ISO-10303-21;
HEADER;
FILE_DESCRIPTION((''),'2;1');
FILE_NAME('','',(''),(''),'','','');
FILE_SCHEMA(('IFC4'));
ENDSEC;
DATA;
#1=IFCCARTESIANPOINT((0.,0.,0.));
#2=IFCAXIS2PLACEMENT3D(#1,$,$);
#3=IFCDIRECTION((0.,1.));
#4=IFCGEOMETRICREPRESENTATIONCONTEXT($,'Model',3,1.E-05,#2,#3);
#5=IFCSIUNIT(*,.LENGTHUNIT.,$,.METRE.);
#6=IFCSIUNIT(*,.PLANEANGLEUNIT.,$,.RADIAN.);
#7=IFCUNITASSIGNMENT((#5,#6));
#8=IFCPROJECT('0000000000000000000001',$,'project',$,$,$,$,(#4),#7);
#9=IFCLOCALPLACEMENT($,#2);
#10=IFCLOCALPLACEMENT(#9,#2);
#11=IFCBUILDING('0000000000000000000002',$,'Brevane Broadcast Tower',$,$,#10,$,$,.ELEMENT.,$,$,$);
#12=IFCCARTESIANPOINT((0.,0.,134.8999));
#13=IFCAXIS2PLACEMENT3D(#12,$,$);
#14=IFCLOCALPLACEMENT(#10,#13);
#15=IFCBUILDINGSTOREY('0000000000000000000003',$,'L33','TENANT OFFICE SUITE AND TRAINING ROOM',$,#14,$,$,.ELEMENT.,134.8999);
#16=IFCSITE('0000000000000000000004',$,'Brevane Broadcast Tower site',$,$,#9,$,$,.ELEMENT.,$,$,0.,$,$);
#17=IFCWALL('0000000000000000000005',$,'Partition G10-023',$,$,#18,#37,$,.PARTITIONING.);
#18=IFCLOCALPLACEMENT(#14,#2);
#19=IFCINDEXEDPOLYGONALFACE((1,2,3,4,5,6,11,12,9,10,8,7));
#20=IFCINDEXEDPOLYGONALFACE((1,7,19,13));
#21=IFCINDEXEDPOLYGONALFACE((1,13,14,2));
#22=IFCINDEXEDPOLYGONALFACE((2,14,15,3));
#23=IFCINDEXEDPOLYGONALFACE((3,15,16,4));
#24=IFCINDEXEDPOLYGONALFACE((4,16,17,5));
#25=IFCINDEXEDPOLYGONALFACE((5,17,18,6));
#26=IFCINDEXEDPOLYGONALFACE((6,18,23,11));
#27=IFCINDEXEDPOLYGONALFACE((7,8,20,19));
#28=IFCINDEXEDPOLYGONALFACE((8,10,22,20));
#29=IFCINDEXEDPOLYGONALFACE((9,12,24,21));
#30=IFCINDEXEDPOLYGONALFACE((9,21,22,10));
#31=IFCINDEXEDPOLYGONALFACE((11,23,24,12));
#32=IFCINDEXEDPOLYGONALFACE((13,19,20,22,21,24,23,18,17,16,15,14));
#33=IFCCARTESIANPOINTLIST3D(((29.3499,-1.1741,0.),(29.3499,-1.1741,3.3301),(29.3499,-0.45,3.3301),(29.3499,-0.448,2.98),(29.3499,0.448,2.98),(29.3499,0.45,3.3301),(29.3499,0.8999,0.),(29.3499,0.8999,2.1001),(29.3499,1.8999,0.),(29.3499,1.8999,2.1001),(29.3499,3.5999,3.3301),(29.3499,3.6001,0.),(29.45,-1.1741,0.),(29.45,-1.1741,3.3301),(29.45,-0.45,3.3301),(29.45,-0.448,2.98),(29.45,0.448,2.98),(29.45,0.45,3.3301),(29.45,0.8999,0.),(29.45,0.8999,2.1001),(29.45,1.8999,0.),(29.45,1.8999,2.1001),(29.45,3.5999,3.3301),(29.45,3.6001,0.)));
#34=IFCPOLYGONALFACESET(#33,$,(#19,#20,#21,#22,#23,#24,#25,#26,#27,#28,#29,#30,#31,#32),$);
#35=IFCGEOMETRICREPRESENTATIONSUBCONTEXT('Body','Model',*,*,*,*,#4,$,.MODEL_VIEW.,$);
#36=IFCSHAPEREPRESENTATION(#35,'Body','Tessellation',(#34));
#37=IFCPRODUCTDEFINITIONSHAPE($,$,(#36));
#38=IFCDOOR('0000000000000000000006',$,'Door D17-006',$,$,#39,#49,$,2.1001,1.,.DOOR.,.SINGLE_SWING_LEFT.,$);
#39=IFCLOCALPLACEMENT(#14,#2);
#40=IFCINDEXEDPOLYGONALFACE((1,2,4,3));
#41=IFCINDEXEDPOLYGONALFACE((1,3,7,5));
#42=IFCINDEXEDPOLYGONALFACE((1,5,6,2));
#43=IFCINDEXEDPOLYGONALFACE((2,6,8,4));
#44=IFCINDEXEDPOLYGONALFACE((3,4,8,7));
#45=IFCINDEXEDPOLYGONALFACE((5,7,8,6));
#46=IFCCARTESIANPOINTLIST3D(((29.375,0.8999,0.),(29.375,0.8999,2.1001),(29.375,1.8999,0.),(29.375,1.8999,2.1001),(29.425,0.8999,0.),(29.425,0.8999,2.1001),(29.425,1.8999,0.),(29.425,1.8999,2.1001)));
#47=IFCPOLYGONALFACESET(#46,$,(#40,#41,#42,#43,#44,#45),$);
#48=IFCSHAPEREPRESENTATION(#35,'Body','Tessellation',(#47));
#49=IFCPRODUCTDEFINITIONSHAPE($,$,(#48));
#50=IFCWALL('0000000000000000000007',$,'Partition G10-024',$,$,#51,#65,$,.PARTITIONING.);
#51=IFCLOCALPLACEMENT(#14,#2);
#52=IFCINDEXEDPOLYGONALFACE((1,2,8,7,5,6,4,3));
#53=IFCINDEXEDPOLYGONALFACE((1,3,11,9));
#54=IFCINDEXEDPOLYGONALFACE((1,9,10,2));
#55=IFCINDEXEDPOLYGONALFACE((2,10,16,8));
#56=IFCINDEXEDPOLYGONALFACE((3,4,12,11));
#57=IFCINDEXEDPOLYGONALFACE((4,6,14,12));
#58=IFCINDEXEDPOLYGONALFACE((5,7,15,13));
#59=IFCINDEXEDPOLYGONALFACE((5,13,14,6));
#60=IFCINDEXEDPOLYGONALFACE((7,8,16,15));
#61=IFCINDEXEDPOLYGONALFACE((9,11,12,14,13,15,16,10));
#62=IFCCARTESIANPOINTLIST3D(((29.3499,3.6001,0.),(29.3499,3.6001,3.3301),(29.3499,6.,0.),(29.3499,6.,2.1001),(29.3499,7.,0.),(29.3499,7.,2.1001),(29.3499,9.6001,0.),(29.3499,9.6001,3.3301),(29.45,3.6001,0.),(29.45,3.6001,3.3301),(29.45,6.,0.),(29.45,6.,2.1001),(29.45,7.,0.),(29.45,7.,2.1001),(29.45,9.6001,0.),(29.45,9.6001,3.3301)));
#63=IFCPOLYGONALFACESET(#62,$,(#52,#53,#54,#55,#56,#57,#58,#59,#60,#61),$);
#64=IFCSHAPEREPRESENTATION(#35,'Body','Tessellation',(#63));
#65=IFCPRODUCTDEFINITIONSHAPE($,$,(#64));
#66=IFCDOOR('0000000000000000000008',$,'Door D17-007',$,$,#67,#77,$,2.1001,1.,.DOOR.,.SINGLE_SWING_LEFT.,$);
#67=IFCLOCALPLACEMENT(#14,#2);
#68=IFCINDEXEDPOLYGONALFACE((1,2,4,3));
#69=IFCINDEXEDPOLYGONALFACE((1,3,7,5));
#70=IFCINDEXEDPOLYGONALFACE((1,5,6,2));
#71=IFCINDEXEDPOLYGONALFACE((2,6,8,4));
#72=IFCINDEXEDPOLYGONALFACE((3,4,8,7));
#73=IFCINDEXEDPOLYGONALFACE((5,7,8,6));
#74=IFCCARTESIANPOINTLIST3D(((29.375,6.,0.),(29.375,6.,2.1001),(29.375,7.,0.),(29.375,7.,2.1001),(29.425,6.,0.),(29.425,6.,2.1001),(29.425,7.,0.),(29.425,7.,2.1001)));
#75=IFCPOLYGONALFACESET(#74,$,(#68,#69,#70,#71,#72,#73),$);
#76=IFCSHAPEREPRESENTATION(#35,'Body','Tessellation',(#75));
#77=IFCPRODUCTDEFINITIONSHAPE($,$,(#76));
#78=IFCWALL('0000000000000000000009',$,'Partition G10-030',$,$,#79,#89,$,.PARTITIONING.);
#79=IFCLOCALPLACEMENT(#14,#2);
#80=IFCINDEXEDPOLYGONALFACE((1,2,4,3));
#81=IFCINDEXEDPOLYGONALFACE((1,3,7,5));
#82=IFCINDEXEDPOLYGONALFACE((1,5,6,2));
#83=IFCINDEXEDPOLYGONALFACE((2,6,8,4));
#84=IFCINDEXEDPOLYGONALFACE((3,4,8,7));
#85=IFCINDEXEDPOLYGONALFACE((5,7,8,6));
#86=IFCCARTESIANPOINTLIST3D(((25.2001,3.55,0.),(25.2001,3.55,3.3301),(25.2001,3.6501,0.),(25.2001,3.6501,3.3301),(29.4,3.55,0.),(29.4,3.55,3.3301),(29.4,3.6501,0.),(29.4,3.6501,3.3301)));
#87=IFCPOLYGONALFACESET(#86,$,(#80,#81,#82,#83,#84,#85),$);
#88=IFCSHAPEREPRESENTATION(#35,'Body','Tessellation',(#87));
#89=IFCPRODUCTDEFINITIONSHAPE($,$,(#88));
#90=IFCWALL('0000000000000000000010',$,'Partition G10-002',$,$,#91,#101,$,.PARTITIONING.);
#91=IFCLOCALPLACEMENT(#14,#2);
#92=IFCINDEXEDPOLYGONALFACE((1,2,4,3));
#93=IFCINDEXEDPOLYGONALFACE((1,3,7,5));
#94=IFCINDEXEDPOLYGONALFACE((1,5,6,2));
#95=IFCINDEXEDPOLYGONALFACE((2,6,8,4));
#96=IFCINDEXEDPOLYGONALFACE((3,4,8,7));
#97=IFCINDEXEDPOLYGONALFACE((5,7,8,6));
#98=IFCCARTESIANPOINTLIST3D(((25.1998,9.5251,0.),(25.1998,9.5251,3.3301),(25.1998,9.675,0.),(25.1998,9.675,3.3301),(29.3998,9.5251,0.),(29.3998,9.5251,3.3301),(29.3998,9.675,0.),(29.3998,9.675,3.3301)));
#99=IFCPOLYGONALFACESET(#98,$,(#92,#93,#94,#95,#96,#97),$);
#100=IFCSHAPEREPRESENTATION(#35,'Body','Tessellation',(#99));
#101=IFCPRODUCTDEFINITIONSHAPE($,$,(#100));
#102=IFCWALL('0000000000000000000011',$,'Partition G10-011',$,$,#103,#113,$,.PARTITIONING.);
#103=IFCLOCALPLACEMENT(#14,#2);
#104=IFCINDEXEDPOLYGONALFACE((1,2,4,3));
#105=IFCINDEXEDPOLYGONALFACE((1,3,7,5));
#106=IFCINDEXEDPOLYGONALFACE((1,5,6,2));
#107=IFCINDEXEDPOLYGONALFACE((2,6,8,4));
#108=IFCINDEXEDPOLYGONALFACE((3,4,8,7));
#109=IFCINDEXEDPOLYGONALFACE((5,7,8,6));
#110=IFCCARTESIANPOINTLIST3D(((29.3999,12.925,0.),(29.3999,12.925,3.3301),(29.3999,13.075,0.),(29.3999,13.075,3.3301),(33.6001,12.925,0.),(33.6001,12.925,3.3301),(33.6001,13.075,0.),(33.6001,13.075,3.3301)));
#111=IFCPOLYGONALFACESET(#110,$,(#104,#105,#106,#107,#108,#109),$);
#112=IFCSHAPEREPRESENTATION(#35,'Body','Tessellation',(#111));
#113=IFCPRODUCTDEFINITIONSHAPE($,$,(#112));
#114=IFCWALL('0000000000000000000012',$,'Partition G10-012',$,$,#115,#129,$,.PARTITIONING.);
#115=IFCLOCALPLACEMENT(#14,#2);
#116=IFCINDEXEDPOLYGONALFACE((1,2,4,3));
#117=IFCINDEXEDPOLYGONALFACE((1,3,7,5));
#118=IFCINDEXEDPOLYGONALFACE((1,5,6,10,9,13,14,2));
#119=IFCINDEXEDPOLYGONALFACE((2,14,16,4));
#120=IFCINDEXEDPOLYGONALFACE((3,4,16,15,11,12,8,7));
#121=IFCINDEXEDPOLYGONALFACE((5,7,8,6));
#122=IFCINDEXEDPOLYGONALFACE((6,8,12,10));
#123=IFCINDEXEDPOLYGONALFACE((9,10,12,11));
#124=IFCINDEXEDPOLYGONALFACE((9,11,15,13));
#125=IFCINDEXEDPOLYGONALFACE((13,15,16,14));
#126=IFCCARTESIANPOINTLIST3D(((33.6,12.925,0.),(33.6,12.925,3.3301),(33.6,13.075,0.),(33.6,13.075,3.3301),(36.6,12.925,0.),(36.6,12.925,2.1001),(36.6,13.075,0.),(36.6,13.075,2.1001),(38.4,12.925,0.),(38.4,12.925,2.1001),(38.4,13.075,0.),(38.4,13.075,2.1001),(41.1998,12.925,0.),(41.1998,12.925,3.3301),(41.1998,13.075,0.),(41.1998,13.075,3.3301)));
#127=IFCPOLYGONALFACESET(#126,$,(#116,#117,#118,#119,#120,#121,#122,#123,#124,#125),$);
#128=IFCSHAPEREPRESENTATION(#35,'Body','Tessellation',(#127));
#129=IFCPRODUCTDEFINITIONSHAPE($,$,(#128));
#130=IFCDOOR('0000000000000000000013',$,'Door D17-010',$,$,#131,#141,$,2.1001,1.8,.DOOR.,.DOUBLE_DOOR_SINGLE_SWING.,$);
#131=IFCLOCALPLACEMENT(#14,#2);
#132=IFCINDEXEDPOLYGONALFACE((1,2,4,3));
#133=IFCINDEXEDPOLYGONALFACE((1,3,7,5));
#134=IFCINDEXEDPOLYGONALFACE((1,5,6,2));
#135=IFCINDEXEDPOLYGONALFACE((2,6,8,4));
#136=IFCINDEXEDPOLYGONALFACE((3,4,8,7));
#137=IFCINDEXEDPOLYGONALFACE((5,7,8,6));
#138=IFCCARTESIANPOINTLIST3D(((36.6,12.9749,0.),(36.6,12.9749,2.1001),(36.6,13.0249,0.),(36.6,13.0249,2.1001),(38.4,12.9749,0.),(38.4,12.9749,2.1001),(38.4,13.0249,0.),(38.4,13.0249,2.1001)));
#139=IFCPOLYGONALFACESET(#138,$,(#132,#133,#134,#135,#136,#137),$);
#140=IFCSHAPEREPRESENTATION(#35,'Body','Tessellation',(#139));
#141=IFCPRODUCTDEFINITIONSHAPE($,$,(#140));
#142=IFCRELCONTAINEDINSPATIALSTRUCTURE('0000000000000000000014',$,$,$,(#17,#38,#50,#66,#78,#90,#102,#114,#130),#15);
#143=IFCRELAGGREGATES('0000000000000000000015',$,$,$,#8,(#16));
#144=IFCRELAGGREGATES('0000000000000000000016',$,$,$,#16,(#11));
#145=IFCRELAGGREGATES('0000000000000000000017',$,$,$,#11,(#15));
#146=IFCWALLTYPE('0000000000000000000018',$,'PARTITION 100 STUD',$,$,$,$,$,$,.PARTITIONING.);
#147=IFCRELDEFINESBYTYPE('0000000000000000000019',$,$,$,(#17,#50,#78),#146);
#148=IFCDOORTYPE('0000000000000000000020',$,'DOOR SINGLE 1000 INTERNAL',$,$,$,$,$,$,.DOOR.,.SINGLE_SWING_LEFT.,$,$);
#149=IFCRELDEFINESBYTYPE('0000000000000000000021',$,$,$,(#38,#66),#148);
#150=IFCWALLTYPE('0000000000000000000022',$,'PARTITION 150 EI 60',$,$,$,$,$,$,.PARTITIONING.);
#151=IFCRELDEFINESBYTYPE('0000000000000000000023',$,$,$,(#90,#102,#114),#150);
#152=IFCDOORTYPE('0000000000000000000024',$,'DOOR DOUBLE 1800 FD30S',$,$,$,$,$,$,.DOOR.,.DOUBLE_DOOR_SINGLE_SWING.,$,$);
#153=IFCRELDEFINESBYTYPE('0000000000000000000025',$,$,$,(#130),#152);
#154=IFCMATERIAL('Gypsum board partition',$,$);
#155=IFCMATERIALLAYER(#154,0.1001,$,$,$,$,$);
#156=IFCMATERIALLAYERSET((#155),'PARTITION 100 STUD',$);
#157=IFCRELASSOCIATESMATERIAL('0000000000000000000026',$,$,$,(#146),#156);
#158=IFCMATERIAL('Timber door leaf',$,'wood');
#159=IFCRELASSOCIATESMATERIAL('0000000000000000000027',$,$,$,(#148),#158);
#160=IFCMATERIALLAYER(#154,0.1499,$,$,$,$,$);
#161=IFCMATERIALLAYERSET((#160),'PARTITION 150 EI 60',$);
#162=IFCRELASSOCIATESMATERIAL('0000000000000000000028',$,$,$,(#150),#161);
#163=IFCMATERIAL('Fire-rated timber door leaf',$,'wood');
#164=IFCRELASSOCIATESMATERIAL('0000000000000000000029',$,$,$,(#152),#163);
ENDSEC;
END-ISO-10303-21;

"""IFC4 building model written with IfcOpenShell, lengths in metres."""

from ifc_helpers import new_model, si_unit, direction, frame, frame_2d, origin, place, context, subcontext, project, spatial, polyline, rectangle, outline, extrude, material, layer, layer_set, type_object, element, fill, save


model = new_model("IFC4")

# Units and contexts
model_context = context("Model", 3, precision=1e-05, world=origin(), true_north=direction((0.0, 1.0)))
body_context = subcontext(model_context, "Body", "Model", "MODEL_VIEW")
ifc_project = project(units=[si_unit("LENGTHUNIT", "METRE"), si_unit("PLANEANGLEUNIT", "RADIAN")], contexts=[model_context])

# Site, building, storey
site_placement = place(None, origin())
site = spatial("IfcSite", under=ifc_project, at=site_placement, Name="Brevane Broadcast Tower site", CompositionType="ELEMENT", RefElevation=0.0)
building_placement = place(site_placement, origin())
building = spatial("IfcBuilding", under=site, at=building_placement, Name="Brevane Broadcast Tower", CompositionType="ELEMENT")
storey_placement = place(building_placement, frame((0.0, 0.0, 134.8999)))
storey = spatial("IfcBuildingStorey", under=building, at=storey_placement, Name="L33", Description="TENANT OFFICE SUITE AND TRAINING ROOM", CompositionType="ELEMENT", Elevation=134.8999)

# Walls, openings, doors
ifc_material_1 = material(Name="Gypsum board partition")
ifc_layer_1 = layer(ifc_material_1, 0.1001)
ifc_layer_set_1 = layer_set([ifc_layer_1], Name="PARTITION 100 STUD")
wall_type_1 = type_object("IfcWallType", Name="PARTITION 100 STUD", PredefinedType="PARTITIONING", material=ifc_layer_set_1)
ifc_material_2 = material(Name="Timber door leaf", Category="wood")
wall_1_placement = place(storey_placement, frame((29.3999, -1.1741, 0.0), z_axis=(0.0, 0.0, 1.0), x_axis=(0.0, 1.0, 0.0)))
wall_1 = element("IfcWall", 1, at=wall_1_placement, inside=storey, type_object=wall_type_1, Name="Partition G10-023", PredefinedType="PARTITIONING", context=body_context, shape_type="SweptSolid", body=[
    extrude(outline(polyline([(0.0, 0.0), (4.7742, 0.0), (4.7739, 3.3301), (1.624, 3.3301), (1.6221, 2.98), (0.7261, 2.98), (0.7241, 3.3301), (0.074, 3.3301), (0.0, 3.3301), (0.0, 0.0)])), frame((0.0, 0.05, 0.0), z_axis=(0.0, -1.0, 0.0), x_axis=(1.0, 0.0, 0.0)), (0.0, 0.0, 1.0), 0.1001),
])
opening_1_placement = place(wall_1_placement, frame((2.074, 0.0, 0.0)))
opening_1 = element("IfcOpeningElement", 2, at=opening_1_placement, cuts=wall_1, PredefinedType="OPENING", context=body_context, shape_type="SweptSolid", body=[
    extrude(rectangle(XDim=1.0, YDim=2.1001, at=frame_2d((0.5, 1.05))), frame((0.0, 0.0601, 0.0), z_axis=(0.0, -1.0, 0.0), x_axis=(1.0, 0.0, 0.0)), (0.0, 0.0, 1.0), 0.1201),
])
door_type_1 = type_object("IfcDoorType", Name="DOOR SINGLE 1000 INTERNAL", OperationType="SINGLE_SWING_LEFT", PredefinedType="DOOR", material=ifc_material_2)
door_1_placement = place(opening_1_placement, origin())
door_1 = element("IfcDoor", 3, at=door_1_placement, inside=storey, type_object=door_type_1, Name="Door D17-006", OperationType="SINGLE_SWING_LEFT", OverallHeight=2.1001, OverallWidth=1.0, PredefinedType="DOOR", context=body_context, shape_type="SweptSolid", body=[
    extrude(rectangle(XDim=1.0, YDim=2.1001, at=frame_2d((0.5, 1.05))), frame((0.0, 0.0249, 0.0), z_axis=(0.0, -1.0, 0.0), x_axis=(1.0, 0.0, 0.0)), (0.0, 0.0, 1.0), 0.05),
])
fill(opening_1, door_1)
wall_2_placement = place(storey_placement, frame((29.3999, 3.6001, 0.0), z_axis=(0.0, 0.0, 1.0), x_axis=(0.0, 1.0, 0.0)))
wall_2 = element("IfcWall", 4, at=wall_2_placement, inside=storey, type_object=wall_type_1, Name="Partition G10-024", PredefinedType="PARTITIONING", context=body_context, shape_type="SweptSolid", body=[
    extrude(rectangle(XDim=6.0, YDim=0.1001, at=frame_2d((3.0, 0.0))), origin(), (0.0, 0.0, 1.0), 3.3301),
])
opening_2_placement = place(wall_2_placement, frame((2.3999, 0.0, 0.0)))
opening_2 = element("IfcOpeningElement", 5, at=opening_2_placement, cuts=wall_2, PredefinedType="OPENING", context=body_context, shape_type="SweptSolid", body=[
    extrude(rectangle(XDim=1.0, YDim=2.1001, at=frame_2d((0.5, 1.05))), frame((0.0, 0.0601, 0.0), z_axis=(0.0, -1.0, 0.0), x_axis=(1.0, 0.0, 0.0)), (0.0, 0.0, 1.0), 0.1201),
])
door_2_placement = place(opening_2_placement, origin())
door_2 = element("IfcDoor", 6, at=door_2_placement, inside=storey, type_object=door_type_1, Name="Door D17-007", OperationType="SINGLE_SWING_LEFT", OverallHeight=2.1001, OverallWidth=1.0, PredefinedType="DOOR", context=body_context, shape_type="SweptSolid", body=[
    extrude(rectangle(XDim=1.0, YDim=2.1001, at=frame_2d((0.5, 1.05))), frame((0.0, 0.0249, 0.0), z_axis=(0.0, -1.0, 0.0), x_axis=(1.0, 0.0, 0.0)), (0.0, 0.0, 1.0), 0.05),
])
fill(opening_2, door_2)

# Walls
wall_3_placement = place(storey_placement, frame((25.2, 3.6001, 0.0), z_axis=(0.0, 0.0, 1.0), x_axis=(1.0, 0.0, 0.0)))
element("IfcWall", 7, at=wall_3_placement, inside=storey, type_object=wall_type_1, Name="Partition G10-030", PredefinedType="PARTITIONING", context=body_context, shape_type="SweptSolid", body=[
    extrude(rectangle(XDim=4.2, YDim=0.1001, at=frame_2d((2.1001, 0.0))), origin(), (0.0, 0.0, 1.0), 3.3301),
])
ifc_layer_2 = layer(ifc_material_1, 0.1499)
ifc_layer_set_2 = layer_set([ifc_layer_2], Name="PARTITION 150 EI 60")
wall_type_2 = type_object("IfcWallType", Name="PARTITION 150 EI 60", PredefinedType="PARTITIONING", material=ifc_layer_set_2)
wall_4_placement = place(storey_placement, frame((29.3999, 9.6001, 0.0), z_axis=(0.0, 0.0, 1.0), x_axis=(-1.0, 0.0, 0.0)))
element("IfcWall", 8, at=wall_4_placement, inside=storey, type_object=wall_type_2, Name="Partition G10-002", PredefinedType="PARTITIONING", context=body_context, shape_type="SweptSolid", body=[
    extrude(rectangle(XDim=4.2, YDim=0.1499, at=frame_2d((2.1001, 0.0))), origin(), (0.0, 0.0, 1.0), 3.3301),
])
wall_5_placement = place(storey_placement, frame((29.3999, 13.0, 0.0), z_axis=(0.0, 0.0, 1.0), x_axis=(1.0, 0.0, 0.0)))
element("IfcWall", 9, at=wall_5_placement, inside=storey, type_object=wall_type_2, Name="Partition G10-011", PredefinedType="PARTITIONING", context=body_context, shape_type="SweptSolid", body=[
    extrude(rectangle(XDim=4.2002, YDim=0.1499, at=frame_2d((2.1001, 0.0))), origin(), (0.0, 0.0, 1.0), 3.3301),
])

# Wall, opening, door
wall_6_placement = place(storey_placement, frame((33.6001, 13.0, 0.0), z_axis=(0.0, 0.0, 1.0), x_axis=(1.0, 0.0, 0.0)))
wall_6 = element("IfcWall", 10, at=wall_6_placement, inside=storey, type_object=wall_type_2, Name="Partition G10-012", PredefinedType="PARTITIONING", context=body_context, shape_type="SweptSolid", body=[
    extrude(rectangle(XDim=7.5999, YDim=0.1499, at=frame_2d((3.7998, 0.0))), origin(), (0.0, 0.0, 1.0), 3.3301),
])
opening_3_placement = place(wall_6_placement, frame((3.0, 0.0, 0.0)))
opening_3 = element("IfcOpeningElement", 11, at=opening_3_placement, cuts=wall_6, PredefinedType="OPENING", context=body_context, shape_type="SweptSolid", body=[
    extrude(rectangle(XDim=1.8, YDim=2.1001, at=frame_2d((0.8999, 1.05))), frame((0.0, 0.085, 0.0), z_axis=(0.0, -1.0, 0.0), x_axis=(1.0, 0.0, 0.0)), (0.0, 0.0, 1.0), 0.1699),
])
ifc_material_3 = material(Name="Fire-rated timber door leaf", Category="wood")
door_type_2 = type_object("IfcDoorType", Name="DOOR DOUBLE 1800 FD30S", OperationType="DOUBLE_DOOR_SINGLE_SWING", PredefinedType="DOOR", material=ifc_material_3)
door_3_placement = place(opening_3_placement, origin())
door_3 = element("IfcDoor", 12, at=door_3_placement, inside=storey, type_object=door_type_2, Name="Door D17-010", OperationType="DOUBLE_DOOR_SINGLE_SWING", OverallHeight=2.1001, OverallWidth=1.8, PredefinedType="DOOR", context=body_context, shape_type="SweptSolid", body=[
    extrude(rectangle(XDim=1.8, YDim=2.1001, at=frame_2d((0.8999, 1.05))), frame((0.0, 0.0249, 0.0), z_axis=(0.0, -1.0, 0.0), x_axis=(1.0, 0.0, 0.0)), (0.0, 0.0, 1.0), 0.05),
])
fill(opening_3, door_3)

save(model, "model.ifc")
